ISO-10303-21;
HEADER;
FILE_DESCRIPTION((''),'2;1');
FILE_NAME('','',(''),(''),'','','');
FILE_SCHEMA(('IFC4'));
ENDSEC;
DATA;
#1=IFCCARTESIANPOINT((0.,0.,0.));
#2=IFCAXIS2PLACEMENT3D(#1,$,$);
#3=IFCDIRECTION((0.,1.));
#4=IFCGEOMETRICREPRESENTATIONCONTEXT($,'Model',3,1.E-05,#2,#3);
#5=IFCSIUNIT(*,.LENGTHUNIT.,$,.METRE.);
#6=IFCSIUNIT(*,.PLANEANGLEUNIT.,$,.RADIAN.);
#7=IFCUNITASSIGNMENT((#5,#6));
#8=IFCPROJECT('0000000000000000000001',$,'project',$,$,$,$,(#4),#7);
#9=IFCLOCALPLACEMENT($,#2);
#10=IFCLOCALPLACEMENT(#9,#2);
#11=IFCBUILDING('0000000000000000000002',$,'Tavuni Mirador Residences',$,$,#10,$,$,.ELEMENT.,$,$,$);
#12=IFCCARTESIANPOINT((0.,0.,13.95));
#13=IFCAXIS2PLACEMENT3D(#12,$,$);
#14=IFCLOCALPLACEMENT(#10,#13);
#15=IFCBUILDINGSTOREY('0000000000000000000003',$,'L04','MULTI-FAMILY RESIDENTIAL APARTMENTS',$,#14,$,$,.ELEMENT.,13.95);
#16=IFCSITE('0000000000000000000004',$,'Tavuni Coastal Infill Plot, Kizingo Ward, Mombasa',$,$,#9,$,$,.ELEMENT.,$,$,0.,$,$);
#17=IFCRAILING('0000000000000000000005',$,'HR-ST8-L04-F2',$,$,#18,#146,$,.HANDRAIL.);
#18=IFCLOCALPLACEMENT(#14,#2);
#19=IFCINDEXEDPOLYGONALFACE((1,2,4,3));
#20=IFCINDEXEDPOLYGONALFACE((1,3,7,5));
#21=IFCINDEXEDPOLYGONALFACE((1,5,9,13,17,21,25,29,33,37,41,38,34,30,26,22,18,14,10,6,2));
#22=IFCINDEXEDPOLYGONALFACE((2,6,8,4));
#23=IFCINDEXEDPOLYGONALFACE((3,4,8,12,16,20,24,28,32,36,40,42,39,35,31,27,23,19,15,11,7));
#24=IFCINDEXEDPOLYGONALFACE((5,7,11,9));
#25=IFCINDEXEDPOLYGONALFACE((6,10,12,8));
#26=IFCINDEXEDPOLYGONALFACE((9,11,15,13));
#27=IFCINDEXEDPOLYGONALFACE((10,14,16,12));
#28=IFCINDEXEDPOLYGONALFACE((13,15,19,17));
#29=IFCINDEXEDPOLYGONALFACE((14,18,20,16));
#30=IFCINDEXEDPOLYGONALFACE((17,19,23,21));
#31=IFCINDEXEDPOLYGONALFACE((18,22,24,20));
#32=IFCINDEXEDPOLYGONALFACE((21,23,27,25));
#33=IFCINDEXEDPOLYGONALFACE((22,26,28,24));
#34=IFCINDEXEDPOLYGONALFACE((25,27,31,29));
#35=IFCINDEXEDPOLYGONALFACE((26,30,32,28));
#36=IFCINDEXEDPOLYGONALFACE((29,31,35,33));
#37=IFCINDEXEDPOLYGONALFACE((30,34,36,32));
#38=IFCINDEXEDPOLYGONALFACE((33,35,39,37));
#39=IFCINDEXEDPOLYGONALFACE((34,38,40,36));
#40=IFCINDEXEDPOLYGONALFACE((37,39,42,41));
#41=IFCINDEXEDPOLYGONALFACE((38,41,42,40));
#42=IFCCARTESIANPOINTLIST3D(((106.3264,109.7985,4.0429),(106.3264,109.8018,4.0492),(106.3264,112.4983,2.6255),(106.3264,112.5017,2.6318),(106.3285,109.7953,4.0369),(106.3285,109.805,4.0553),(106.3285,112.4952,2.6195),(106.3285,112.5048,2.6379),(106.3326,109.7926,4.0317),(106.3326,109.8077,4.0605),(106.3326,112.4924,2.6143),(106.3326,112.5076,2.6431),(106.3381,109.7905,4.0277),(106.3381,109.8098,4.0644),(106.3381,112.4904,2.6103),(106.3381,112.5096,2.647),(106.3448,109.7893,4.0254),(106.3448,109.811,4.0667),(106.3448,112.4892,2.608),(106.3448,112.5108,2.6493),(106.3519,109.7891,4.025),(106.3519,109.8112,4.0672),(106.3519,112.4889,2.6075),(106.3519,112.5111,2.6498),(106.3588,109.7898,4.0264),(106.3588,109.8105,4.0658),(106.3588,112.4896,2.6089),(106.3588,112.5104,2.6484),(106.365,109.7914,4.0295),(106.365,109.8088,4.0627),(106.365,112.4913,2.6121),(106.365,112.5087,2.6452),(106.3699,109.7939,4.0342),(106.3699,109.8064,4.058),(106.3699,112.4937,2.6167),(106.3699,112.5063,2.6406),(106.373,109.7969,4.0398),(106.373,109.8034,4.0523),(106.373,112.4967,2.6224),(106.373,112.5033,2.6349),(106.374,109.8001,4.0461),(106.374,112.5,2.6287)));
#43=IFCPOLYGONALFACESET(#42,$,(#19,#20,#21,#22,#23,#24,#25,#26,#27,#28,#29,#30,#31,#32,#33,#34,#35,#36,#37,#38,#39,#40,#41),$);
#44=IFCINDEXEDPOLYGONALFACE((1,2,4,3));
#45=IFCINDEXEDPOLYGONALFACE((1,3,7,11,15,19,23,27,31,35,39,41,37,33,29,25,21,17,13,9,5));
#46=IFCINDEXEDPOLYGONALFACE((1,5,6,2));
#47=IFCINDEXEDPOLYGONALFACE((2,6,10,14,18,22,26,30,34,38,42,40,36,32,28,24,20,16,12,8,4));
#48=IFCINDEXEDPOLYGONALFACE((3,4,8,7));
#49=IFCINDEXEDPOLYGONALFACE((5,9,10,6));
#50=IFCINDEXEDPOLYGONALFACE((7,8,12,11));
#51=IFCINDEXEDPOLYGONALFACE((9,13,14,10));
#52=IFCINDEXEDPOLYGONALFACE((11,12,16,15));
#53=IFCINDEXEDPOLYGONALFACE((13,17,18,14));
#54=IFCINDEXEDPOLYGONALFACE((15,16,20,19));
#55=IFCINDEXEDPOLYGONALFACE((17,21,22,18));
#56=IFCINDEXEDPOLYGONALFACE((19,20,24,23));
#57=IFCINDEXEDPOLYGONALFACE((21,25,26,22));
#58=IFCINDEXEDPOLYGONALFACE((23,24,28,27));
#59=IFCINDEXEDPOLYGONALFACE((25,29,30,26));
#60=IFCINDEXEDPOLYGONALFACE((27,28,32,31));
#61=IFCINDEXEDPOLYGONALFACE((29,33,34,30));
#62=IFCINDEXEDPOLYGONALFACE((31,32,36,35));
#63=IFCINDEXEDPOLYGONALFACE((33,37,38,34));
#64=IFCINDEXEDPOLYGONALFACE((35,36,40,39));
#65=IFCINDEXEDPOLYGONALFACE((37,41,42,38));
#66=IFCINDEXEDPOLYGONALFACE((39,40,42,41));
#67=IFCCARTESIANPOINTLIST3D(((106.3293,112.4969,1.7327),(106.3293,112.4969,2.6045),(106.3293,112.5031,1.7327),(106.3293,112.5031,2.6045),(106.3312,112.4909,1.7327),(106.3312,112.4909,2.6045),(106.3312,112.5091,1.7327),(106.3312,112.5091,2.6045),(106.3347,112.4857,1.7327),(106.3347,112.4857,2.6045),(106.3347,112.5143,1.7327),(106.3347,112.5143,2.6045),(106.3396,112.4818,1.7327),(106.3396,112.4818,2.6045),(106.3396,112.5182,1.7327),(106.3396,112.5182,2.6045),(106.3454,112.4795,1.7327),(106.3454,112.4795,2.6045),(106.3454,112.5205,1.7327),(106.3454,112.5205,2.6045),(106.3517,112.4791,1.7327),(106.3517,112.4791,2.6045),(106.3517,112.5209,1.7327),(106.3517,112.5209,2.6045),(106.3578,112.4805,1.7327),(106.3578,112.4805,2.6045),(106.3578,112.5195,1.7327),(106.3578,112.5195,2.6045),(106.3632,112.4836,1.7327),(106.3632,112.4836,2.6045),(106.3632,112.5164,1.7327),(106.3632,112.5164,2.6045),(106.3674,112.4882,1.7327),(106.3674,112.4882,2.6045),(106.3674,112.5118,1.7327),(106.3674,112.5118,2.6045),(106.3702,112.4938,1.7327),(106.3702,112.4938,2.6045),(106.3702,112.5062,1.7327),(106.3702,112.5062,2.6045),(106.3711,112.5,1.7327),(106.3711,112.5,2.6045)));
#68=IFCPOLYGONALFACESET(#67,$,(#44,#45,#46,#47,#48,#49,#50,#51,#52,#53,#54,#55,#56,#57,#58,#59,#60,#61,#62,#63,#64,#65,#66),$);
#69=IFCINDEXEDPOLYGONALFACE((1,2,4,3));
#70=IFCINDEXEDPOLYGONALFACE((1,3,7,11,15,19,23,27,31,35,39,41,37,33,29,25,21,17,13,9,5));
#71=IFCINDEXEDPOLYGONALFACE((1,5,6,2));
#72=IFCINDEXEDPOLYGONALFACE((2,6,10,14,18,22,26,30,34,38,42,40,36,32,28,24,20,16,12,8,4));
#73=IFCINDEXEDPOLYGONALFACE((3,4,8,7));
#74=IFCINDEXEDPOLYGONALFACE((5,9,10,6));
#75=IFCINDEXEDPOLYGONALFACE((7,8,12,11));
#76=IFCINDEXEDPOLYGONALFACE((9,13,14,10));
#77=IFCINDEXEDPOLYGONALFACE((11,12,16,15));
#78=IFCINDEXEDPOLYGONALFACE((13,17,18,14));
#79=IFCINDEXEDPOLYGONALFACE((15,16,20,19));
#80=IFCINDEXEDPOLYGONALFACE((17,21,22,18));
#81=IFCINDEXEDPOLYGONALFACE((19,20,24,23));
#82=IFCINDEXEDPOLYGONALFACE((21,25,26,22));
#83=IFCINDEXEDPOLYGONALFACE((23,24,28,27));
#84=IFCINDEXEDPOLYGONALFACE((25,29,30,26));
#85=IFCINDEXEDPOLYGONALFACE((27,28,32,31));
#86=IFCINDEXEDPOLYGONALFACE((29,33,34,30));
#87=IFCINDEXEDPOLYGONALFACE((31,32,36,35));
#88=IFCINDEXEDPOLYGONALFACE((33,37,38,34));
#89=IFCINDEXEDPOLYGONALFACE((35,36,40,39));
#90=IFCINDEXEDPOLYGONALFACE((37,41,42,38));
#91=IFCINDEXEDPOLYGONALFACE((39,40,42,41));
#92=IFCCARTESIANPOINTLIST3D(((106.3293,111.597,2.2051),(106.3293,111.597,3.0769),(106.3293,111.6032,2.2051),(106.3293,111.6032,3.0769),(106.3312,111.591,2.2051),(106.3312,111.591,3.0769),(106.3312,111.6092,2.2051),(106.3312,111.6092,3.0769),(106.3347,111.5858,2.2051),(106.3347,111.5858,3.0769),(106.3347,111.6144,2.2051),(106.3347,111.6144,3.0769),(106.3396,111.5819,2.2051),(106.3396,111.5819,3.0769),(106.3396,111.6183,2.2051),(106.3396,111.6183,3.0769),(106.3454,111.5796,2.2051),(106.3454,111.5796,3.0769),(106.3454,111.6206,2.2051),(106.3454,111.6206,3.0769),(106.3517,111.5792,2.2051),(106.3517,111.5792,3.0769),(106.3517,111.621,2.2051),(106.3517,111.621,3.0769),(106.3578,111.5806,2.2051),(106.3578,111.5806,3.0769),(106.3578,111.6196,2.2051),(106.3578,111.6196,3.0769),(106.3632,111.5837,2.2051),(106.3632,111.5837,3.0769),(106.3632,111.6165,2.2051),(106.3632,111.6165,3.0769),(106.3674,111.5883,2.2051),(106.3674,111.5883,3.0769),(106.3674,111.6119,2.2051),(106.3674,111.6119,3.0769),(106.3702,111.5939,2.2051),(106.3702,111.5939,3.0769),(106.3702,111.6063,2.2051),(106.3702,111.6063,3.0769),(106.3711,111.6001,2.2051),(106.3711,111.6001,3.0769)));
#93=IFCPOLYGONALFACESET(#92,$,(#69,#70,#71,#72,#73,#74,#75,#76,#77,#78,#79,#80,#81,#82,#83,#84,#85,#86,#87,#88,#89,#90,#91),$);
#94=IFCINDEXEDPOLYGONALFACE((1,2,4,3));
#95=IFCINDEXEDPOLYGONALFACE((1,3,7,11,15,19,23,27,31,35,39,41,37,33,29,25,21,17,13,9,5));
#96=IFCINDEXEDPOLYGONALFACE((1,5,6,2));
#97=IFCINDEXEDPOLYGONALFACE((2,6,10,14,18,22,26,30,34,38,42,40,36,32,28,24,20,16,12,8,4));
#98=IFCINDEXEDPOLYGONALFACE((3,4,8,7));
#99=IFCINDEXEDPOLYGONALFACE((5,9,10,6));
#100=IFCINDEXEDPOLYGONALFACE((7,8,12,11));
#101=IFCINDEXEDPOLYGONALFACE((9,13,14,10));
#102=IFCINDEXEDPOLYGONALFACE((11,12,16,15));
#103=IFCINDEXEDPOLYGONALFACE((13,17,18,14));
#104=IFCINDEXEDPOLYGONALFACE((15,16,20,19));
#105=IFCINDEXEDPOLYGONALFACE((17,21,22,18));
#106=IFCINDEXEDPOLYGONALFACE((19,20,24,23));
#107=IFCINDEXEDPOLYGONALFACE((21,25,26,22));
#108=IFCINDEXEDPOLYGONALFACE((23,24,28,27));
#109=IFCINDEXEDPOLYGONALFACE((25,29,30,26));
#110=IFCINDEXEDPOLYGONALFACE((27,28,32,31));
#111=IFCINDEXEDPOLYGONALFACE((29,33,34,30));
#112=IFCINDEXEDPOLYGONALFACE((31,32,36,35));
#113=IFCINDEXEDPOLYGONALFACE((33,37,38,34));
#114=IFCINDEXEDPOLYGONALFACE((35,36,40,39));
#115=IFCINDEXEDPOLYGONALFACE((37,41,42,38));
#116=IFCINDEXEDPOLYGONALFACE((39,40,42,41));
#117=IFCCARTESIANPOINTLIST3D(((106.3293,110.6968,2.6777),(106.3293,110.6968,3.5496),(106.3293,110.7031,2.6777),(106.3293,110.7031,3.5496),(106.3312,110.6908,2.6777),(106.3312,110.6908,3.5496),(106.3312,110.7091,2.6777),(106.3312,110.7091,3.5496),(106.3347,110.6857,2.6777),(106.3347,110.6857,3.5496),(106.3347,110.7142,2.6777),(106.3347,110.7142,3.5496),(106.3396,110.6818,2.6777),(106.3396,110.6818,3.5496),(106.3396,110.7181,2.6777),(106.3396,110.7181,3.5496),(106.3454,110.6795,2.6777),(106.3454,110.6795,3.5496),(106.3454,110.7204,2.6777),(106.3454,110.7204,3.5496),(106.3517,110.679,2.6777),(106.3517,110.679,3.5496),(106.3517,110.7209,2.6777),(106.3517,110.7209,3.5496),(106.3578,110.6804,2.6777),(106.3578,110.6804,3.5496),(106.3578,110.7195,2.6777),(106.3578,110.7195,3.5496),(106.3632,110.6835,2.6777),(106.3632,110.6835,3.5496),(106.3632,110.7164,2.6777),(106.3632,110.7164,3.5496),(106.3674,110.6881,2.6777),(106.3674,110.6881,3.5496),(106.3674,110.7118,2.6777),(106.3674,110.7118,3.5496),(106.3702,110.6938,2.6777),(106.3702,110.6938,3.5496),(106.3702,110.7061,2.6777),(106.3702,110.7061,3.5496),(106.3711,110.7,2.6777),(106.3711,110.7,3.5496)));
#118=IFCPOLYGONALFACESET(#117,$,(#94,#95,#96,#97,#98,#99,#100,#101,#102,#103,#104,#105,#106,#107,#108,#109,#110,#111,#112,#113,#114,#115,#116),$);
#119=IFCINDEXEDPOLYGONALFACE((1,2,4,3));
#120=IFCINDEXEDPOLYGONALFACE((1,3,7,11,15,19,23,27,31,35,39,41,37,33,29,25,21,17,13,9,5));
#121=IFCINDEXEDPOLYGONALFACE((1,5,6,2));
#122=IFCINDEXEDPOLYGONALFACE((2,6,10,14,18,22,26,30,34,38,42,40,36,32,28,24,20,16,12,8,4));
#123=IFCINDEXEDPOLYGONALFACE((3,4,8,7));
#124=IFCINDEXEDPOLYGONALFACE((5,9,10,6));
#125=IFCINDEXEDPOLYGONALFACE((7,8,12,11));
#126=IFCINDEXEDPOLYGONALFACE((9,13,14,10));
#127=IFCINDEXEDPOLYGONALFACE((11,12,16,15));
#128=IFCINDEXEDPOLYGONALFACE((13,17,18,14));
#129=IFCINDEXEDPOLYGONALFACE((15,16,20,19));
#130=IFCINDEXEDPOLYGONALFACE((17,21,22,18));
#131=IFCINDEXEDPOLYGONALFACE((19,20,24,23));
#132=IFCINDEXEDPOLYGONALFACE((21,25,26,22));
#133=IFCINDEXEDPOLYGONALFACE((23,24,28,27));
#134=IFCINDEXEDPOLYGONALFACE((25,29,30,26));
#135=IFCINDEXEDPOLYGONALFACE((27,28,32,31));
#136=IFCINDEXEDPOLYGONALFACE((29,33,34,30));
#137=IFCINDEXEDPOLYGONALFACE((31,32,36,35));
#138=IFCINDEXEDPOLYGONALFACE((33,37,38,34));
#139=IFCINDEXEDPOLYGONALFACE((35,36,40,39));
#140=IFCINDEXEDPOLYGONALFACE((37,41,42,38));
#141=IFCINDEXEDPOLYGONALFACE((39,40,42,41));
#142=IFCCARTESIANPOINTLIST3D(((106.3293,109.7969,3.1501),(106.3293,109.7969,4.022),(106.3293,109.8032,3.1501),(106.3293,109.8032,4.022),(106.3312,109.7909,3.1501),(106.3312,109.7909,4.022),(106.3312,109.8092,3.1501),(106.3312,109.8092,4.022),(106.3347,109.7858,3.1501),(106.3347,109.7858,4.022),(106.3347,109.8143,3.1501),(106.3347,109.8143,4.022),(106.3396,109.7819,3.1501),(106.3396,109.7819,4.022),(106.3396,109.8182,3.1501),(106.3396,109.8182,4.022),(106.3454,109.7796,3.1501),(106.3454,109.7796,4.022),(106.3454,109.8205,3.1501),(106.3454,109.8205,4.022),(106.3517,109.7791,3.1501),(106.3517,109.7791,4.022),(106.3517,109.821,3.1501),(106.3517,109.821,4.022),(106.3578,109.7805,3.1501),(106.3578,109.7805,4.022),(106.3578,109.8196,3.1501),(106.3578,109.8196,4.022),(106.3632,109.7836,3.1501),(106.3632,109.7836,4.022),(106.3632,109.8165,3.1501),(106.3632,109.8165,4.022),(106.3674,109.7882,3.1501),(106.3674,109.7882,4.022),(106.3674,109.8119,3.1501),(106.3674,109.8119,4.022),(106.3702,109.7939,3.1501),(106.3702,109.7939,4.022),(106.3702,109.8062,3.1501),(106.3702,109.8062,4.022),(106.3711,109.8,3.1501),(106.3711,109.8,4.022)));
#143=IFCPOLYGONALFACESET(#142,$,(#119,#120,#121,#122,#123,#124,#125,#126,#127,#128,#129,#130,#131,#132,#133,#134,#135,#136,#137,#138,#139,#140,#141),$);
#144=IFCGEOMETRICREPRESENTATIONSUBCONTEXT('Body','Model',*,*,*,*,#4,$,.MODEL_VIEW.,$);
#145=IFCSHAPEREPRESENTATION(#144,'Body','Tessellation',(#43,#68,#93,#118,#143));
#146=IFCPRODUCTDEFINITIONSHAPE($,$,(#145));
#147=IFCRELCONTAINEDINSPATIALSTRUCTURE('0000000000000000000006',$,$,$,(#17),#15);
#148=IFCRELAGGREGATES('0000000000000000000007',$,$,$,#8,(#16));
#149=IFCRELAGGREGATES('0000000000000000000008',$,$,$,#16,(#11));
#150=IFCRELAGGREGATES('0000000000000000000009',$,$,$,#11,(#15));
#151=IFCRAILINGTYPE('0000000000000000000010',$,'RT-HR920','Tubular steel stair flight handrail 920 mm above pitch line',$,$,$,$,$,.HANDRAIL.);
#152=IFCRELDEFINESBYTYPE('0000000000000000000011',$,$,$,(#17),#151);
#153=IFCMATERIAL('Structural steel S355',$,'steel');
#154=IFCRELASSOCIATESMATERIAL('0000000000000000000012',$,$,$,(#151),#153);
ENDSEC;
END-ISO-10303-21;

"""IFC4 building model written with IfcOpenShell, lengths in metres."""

from ifc_helpers import new_model, si_unit, direction, frame, origin, origin_2d, place, context, subcontext, project, spatial, circle, extrude, material, type_object, element, save


model = new_model("IFC4")

# Units and contexts
model_context = context("Model", 3, precision=1e-05, world=origin(), true_north=direction((0.0, 1.0)))
body_context = subcontext(model_context, "Body", "Model", "MODEL_VIEW")
ifc_project = project(units=[si_unit("LENGTHUNIT", "METRE"), si_unit("PLANEANGLEUNIT", "RADIAN")], contexts=[model_context])

# Site, building, storey
site_placement = place(None, origin())
site = spatial("IfcSite", under=ifc_project, at=site_placement, Name="Tavuni Coastal Infill Plot, Kizingo Ward, Mombasa", CompositionType="ELEMENT", RefElevation=0.0)
building_placement = place(site_placement, origin())
building = spatial("IfcBuilding", under=site, at=building_placement, Name="Tavuni Mirador Residences", CompositionType="ELEMENT")
storey_placement = place(building_placement, frame((0.0, 0.0, 13.95)))
storey = spatial("IfcBuildingStorey", under=building, at=storey_placement, Name="L04", Description="MULTI-FAMILY RESIDENTIAL APARTMENTS", CompositionType="ELEMENT", Elevation=13.95)

# Shared definitions
ifc_material_1 = material(Name="Structural steel S355", Category="steel")

# Railing
railing_type_1 = type_object("IfcRailingType", Name="RT-HR920", Description="Tubular steel stair flight handrail 920 mm above pitch line", PredefinedType="HANDRAIL", material=ifc_material_1)
railing_1_placement = place(storey_placement, frame((106.3501, 112.5, 1.7327)))
element("IfcRailing", 1, at=railing_1_placement, inside=storey, type_object=railing_type_1, Name="HR-ST8-L04-F2", PredefinedType="HANDRAIL", context=body_context, shape_type="SweptSolid", body=[
    extrude(circle(Radius=0.0239, at=origin_2d()), frame((0.0, 0.0, 0.896), z_axis=(0.0, -0.885397, 0.464835), x_axis=(1.0, 0.0, 0.0)), (0.0, 0.0, 1.0), 3.0493),
    extrude(circle(Radius=0.021, at=origin_2d()), origin(), (0.0, 0.0, 1.0), 0.8718),
    extrude(circle(Radius=0.021, at=origin_2d()), frame((0.0, -0.8999, 0.4724)), (0.0, 0.0, 1.0), 0.8718),
    extrude(circle(Radius=0.021, at=origin_2d()), frame((0.0, -1.8, 0.9451)), (0.0, 0.0, 1.0), 0.8718),
    extrude(circle(Radius=0.021, at=origin_2d()), frame((0.0, -2.7, 1.4175)), (0.0, 0.0, 1.0), 0.8718),
])

save(model, "model.ifc")
